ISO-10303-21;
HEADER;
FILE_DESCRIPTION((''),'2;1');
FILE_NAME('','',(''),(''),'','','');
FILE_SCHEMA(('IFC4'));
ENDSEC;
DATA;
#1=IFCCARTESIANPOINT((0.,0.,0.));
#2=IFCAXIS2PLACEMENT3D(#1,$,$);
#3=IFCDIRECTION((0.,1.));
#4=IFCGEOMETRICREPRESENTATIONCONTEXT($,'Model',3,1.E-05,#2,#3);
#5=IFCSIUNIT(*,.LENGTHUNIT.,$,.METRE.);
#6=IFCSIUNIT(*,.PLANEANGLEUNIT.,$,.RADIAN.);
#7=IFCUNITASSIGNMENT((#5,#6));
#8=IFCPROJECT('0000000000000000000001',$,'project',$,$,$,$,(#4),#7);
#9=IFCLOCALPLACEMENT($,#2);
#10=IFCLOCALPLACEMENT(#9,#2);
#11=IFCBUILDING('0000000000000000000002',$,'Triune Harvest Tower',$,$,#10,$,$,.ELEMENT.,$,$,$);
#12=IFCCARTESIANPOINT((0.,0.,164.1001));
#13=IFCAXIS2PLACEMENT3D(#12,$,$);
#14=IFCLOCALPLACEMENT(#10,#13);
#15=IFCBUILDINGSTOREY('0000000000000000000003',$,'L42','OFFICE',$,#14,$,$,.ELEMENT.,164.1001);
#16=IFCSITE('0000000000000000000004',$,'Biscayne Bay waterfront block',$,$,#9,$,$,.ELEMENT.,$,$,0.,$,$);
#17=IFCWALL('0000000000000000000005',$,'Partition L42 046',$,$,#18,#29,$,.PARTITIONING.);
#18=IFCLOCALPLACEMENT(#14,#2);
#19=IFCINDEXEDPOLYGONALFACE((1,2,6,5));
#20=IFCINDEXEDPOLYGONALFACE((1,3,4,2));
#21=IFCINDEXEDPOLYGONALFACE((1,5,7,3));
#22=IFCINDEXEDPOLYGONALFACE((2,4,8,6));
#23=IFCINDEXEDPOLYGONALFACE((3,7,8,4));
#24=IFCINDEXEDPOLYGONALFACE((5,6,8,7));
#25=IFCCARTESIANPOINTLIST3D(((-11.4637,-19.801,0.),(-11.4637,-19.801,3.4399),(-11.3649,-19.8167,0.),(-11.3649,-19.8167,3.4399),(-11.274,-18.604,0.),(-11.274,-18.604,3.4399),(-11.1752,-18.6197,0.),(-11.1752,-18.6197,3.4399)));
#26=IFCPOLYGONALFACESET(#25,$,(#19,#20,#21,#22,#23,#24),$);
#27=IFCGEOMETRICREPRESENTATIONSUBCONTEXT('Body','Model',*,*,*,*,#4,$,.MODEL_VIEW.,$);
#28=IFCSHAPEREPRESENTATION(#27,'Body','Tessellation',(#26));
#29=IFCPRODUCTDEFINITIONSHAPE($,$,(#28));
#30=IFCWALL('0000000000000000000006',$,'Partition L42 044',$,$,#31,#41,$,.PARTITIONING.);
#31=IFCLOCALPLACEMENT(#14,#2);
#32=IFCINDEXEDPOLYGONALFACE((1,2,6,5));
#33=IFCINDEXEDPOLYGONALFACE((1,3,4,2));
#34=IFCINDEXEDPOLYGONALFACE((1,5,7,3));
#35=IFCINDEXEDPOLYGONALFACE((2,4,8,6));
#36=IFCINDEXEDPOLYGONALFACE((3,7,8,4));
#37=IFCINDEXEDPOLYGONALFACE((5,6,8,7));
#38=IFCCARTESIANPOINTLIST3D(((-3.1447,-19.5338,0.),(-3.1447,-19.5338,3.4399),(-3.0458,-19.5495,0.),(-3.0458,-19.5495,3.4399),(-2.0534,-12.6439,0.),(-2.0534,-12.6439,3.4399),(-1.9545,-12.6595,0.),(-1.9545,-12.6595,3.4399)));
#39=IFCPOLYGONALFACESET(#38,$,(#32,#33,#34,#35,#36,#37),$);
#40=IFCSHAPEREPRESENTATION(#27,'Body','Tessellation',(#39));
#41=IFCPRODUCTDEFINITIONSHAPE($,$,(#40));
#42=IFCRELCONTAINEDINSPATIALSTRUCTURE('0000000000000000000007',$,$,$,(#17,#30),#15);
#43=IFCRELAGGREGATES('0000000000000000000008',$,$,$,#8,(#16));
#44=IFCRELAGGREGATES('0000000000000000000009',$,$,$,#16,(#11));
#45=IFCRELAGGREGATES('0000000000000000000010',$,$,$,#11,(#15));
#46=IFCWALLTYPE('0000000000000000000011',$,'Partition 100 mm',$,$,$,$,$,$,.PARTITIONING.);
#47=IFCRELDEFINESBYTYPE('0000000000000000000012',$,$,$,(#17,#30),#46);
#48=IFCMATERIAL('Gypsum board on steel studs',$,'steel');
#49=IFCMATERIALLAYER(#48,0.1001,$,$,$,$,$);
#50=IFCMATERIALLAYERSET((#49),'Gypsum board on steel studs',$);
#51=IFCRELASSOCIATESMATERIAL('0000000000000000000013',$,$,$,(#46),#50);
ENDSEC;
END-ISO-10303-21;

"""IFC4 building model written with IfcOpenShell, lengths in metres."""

from ifc_helpers import new_model, si_unit, direction, frame, frame_2d, origin, place, context, subcontext, project, spatial, rectangle, extrude, source, transform, mapped, material, layer, layer_set, type_object, element, save


model = new_model("IFC4")

# Units and contexts
model_context = context("Model", 3, precision=1e-05, world=origin(), true_north=direction((0.0, 1.0)))
body_context = subcontext(model_context, "Body", "Model", "MODEL_VIEW")
ifc_project = project(units=[si_unit("LENGTHUNIT", "METRE"), si_unit("PLANEANGLEUNIT", "RADIAN")], contexts=[model_context])

# Site, building, storey
site_placement = place(None, origin())
site = spatial("IfcSite", under=ifc_project, at=site_placement, Name="Biscayne Bay waterfront block", CompositionType="ELEMENT", RefElevation=0.0)
building_placement = place(site_placement, origin())
building = spatial("IfcBuilding", under=site, at=building_placement, Name="Triune Harvest Tower", CompositionType="ELEMENT")
storey_placement = place(building_placement, frame((0.0, 0.0, 164.1001)))
storey = spatial("IfcBuildingStorey", under=building, at=storey_placement, Name="L42", Description="OFFICE", CompositionType="ELEMENT", Elevation=164.1001)

# Walls
ifc_material_1 = material(Name="Gypsum board on steel studs", Category="steel")
ifc_layer_1 = layer(ifc_material_1, 0.1001)
ifc_layer_set_1 = layer_set([ifc_layer_1], Name="Gypsum board on steel studs")
wall_type = type_object("IfcWallType", Name="Partition 100 mm", PredefinedType="PARTITIONING", material=ifc_layer_set_1)
shared_shape_1 = source(origin(), body_context, "Body", "SweptSolid", [
    extrude(rectangle(XDim=1.2119, YDim=0.1001, at=frame_2d((0.606, 0.0))), origin(), (0.0, 0.0, 1.0), 3.4399),
])
wall_1_placement = place(storey_placement, frame((-11.4143, -19.8088, 0.0), z_axis=(0.0, 0.0, 1.0), x_axis=(0.156521, 0.987675, 0.0)))
element("IfcWall", 1, at=wall_1_placement, inside=storey, type_object=wall_type, Name="Partition L42 046", PredefinedType="PARTITIONING", context=body_context, shape_type="MappedRepresentation", body=[
    mapped(shared_shape_1, transform((0.0, 0.0, 0.0), scale=1.0)),
])
shared_shape_2 = source(origin(), body_context, "Body", "SweptSolid", [
    extrude(rectangle(XDim=6.9758, YDim=0.1001, at=frame_2d((3.4878, 0.0))), origin(), (0.0, 0.0, 1.0), 3.4399),
])
wall_2_placement = place(storey_placement, frame((-3.0952, -19.5415, 0.0), z_axis=(0.0, 0.0, 1.0), x_axis=(0.156442, 0.987687, 0.0)))
element("IfcWall", 2, at=wall_2_placement, inside=storey, type_object=wall_type, Name="Partition L42 044", PredefinedType="PARTITIONING", context=body_context, shape_type="MappedRepresentation", body=[
    mapped(shared_shape_2, transform((0.0, 0.0, 0.0), scale=1.0)),
])

save(model, "model.ifc")
